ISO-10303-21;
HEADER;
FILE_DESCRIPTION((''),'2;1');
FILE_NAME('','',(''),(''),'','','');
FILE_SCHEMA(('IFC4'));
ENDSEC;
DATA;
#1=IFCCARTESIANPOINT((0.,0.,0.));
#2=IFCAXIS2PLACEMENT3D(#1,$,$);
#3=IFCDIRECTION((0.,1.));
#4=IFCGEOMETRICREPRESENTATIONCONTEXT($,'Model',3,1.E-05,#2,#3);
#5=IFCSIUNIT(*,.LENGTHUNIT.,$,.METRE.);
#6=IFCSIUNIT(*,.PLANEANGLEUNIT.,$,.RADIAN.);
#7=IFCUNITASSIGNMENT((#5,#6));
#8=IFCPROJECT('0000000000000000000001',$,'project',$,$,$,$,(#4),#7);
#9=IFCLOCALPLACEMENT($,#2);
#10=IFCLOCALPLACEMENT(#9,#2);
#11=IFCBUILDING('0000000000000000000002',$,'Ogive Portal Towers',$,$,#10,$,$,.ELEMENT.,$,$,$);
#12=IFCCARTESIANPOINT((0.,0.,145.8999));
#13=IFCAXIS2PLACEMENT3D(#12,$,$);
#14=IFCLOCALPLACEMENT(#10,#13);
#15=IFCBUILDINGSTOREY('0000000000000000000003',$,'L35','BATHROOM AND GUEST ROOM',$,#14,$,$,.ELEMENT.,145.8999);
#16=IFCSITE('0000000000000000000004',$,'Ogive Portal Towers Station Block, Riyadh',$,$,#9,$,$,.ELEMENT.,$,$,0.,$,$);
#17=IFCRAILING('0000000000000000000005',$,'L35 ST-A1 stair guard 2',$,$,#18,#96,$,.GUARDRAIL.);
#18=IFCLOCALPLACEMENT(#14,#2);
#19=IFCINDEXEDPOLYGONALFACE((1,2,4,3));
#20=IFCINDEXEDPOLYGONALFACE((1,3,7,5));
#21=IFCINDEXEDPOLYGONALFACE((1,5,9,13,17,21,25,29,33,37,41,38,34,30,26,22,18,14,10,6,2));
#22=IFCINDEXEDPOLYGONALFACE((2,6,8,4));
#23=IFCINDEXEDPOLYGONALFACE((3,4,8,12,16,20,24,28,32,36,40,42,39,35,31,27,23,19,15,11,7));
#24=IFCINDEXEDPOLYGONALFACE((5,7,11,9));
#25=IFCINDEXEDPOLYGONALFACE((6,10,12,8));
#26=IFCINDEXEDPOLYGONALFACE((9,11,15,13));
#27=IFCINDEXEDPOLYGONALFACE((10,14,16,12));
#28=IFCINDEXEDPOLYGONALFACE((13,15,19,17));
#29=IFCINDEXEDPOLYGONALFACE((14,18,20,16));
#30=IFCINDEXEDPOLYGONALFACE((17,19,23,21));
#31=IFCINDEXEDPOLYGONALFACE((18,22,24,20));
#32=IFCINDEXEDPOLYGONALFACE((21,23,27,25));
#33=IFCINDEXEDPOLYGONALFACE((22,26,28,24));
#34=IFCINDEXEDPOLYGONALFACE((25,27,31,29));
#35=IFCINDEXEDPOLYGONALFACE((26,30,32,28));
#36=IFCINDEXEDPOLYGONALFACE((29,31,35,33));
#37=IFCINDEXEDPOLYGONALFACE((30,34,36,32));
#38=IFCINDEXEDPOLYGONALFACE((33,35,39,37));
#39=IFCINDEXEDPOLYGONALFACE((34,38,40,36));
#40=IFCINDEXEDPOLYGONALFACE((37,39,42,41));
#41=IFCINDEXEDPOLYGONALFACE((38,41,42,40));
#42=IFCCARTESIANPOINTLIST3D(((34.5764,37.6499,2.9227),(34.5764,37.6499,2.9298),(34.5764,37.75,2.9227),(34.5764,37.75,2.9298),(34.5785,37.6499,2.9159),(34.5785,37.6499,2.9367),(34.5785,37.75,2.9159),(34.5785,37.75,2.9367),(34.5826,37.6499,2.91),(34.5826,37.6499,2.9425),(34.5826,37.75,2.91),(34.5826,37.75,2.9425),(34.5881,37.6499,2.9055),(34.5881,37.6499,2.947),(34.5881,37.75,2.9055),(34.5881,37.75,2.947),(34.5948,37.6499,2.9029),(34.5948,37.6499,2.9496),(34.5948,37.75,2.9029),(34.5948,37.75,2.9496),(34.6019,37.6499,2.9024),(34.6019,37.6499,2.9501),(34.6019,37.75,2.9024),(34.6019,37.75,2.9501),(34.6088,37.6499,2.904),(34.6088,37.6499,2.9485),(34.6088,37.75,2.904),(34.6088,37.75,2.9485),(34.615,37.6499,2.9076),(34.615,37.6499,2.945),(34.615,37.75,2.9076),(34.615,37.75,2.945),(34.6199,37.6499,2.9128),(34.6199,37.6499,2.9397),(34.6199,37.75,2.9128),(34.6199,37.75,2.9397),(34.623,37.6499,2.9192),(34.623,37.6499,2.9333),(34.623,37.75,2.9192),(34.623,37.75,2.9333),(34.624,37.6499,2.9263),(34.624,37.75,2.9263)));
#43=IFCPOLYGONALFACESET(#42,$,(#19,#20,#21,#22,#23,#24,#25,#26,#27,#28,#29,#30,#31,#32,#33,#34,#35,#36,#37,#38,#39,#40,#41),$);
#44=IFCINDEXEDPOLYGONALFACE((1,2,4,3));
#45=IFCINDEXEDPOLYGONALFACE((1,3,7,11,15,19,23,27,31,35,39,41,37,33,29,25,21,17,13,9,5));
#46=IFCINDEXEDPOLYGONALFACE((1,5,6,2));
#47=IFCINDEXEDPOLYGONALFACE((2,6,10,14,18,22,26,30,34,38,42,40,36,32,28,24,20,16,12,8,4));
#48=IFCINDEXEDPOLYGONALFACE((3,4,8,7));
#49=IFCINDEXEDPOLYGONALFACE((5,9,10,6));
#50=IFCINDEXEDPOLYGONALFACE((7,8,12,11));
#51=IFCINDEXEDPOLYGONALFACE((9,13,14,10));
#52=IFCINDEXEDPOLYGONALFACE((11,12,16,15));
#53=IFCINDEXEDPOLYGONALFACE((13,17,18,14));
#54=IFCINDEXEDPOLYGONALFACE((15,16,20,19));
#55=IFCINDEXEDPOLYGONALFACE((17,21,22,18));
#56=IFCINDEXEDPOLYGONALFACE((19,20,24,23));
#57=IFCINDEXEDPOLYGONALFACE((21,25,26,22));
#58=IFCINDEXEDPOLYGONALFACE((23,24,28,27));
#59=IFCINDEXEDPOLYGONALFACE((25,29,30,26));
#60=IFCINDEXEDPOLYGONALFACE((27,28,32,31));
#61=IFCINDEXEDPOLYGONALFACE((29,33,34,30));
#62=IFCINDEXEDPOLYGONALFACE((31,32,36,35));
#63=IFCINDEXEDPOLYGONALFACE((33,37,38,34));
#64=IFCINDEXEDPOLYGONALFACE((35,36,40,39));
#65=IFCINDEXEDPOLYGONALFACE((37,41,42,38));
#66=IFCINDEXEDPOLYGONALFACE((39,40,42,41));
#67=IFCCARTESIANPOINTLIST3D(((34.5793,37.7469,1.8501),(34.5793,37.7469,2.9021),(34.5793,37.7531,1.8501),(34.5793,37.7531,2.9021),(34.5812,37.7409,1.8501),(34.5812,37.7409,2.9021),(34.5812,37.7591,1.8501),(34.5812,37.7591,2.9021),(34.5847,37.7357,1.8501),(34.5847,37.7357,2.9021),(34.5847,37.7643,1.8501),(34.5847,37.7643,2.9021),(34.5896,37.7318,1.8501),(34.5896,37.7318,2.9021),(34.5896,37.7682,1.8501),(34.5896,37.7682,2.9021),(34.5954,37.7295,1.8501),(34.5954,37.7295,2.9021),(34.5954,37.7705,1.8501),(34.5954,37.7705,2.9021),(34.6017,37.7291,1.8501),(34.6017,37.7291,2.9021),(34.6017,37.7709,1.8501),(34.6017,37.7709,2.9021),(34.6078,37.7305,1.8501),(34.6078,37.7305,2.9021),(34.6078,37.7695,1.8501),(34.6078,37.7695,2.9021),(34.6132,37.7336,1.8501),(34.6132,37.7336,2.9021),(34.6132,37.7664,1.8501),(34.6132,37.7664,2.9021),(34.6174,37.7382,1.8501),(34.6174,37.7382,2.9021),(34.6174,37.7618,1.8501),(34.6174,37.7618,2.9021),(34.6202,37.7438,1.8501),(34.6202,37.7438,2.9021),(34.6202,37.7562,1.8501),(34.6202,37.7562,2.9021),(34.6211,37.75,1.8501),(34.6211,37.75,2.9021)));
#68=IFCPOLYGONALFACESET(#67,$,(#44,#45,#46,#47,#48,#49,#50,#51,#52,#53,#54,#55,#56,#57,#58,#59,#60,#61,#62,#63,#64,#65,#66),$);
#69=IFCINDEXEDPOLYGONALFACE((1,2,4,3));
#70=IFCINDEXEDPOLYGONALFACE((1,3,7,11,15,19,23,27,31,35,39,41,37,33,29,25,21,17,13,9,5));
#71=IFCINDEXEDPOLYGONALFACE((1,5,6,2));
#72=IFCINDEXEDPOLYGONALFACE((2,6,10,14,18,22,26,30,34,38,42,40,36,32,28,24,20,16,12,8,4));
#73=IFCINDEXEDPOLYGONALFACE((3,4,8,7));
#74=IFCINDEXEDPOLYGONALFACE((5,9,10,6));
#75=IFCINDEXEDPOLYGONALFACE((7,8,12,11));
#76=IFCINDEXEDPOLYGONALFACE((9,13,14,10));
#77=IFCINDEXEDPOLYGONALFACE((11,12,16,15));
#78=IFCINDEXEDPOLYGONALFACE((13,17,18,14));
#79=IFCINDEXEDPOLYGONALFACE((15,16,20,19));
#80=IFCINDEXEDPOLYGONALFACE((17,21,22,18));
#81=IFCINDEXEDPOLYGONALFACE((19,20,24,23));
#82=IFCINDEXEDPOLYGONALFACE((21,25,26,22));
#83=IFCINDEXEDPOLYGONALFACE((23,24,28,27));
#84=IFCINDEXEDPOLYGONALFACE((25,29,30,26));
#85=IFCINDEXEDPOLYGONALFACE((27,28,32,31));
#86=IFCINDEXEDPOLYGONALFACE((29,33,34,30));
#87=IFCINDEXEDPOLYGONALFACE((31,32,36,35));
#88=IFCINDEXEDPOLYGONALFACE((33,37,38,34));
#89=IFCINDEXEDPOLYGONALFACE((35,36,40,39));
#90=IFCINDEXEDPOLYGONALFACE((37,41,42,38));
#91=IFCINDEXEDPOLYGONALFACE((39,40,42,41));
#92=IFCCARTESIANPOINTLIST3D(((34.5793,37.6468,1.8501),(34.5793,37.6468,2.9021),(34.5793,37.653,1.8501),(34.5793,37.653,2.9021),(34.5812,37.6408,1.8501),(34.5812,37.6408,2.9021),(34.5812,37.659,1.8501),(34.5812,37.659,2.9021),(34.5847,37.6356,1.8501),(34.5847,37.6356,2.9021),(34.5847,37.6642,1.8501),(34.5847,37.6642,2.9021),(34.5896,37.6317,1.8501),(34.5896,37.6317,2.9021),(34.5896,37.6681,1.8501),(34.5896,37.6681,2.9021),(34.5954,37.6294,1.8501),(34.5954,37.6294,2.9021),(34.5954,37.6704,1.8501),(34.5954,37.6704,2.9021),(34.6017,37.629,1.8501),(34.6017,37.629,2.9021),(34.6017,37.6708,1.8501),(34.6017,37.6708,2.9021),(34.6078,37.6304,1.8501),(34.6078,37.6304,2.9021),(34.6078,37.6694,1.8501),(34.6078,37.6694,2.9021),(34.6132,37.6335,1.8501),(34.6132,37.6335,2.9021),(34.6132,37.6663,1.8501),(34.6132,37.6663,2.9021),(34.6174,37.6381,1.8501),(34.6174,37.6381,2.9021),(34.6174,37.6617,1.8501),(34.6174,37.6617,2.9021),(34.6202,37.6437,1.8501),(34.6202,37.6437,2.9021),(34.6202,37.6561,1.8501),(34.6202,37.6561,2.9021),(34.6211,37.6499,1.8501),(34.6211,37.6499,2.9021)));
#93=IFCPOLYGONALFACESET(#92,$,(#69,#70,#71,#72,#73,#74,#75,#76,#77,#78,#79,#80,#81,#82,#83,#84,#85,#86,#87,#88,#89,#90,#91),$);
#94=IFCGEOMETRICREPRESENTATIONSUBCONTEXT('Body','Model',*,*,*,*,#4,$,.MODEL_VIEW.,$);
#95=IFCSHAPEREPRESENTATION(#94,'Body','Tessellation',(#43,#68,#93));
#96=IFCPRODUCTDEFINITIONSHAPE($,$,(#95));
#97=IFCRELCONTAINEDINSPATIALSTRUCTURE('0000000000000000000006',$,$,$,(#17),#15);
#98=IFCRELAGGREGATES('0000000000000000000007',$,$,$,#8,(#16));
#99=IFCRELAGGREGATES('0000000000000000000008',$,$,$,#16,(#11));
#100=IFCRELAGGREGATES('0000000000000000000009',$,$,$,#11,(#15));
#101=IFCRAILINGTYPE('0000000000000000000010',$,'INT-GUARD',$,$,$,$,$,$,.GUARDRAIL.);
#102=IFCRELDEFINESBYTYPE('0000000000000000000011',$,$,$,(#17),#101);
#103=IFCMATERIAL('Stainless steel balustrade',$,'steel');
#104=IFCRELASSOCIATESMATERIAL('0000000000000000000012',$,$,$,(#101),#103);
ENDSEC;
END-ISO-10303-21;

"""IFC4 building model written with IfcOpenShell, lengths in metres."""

from ifc_helpers import new_model, si_unit, direction, frame, origin, origin_2d, place, context, subcontext, project, spatial, circle, extrude, material, type_object, element, save


model = new_model("IFC4")

# Units and contexts
model_context = context("Model", 3, precision=1e-05, world=origin(), true_north=direction((0.0, 1.0)))
body_context = subcontext(model_context, "Body", "Model", "MODEL_VIEW")
ifc_project = project(units=[si_unit("LENGTHUNIT", "METRE"), si_unit("PLANEANGLEUNIT", "RADIAN")], contexts=[model_context])

# Site, building, storey
site_placement = place(None, origin())
site = spatial("IfcSite", under=ifc_project, at=site_placement, Name="Ogive Portal Towers Station Block, Riyadh", CompositionType="ELEMENT", RefElevation=0.0)
building_placement = place(site_placement, origin())
building = spatial("IfcBuilding", under=site, at=building_placement, Name="Ogive Portal Towers", CompositionType="ELEMENT")
storey_placement = place(building_placement, frame((0.0, 0.0, 145.8999)))
storey = spatial("IfcBuildingStorey", under=building, at=storey_placement, Name="L35", Description="BATHROOM AND GUEST ROOM", CompositionType="ELEMENT", Elevation=145.8999)

# Railing
ifc_material_1 = material(Name="Stainless steel balustrade", Category="steel")
railing_type_1 = type_object("IfcRailingType", Name="INT-GUARD", PredefinedType="GUARDRAIL", material=ifc_material_1)
railing_1_placement = place(storey_placement, frame((34.6001, 37.75, 1.8501)))
element("IfcRailing", 1, at=railing_1_placement, inside=storey, type_object=railing_type_1, Name="L35 ST-A1 stair guard 2", PredefinedType="GUARDRAIL", context=body_context, shape_type="SweptSolid", body=[
    extrude(circle(Radius=0.0239, at=origin_2d()), frame((0.0, 0.0, 1.0762), z_axis=(0.0, -1.0, 0.0), x_axis=(1.0, 0.0, 0.0)), (0.0, 0.0, 1.0), 0.1001),
    extrude(circle(Radius=0.021, at=origin_2d()), origin(), (0.0, 0.0, 1.0), 1.052),
    extrude(circle(Radius=0.021, at=origin_2d()), frame((0.0, -0.1001, 0.0)), (0.0, 0.0, 1.0), 1.052),
])

save(model, "model.ifc")
